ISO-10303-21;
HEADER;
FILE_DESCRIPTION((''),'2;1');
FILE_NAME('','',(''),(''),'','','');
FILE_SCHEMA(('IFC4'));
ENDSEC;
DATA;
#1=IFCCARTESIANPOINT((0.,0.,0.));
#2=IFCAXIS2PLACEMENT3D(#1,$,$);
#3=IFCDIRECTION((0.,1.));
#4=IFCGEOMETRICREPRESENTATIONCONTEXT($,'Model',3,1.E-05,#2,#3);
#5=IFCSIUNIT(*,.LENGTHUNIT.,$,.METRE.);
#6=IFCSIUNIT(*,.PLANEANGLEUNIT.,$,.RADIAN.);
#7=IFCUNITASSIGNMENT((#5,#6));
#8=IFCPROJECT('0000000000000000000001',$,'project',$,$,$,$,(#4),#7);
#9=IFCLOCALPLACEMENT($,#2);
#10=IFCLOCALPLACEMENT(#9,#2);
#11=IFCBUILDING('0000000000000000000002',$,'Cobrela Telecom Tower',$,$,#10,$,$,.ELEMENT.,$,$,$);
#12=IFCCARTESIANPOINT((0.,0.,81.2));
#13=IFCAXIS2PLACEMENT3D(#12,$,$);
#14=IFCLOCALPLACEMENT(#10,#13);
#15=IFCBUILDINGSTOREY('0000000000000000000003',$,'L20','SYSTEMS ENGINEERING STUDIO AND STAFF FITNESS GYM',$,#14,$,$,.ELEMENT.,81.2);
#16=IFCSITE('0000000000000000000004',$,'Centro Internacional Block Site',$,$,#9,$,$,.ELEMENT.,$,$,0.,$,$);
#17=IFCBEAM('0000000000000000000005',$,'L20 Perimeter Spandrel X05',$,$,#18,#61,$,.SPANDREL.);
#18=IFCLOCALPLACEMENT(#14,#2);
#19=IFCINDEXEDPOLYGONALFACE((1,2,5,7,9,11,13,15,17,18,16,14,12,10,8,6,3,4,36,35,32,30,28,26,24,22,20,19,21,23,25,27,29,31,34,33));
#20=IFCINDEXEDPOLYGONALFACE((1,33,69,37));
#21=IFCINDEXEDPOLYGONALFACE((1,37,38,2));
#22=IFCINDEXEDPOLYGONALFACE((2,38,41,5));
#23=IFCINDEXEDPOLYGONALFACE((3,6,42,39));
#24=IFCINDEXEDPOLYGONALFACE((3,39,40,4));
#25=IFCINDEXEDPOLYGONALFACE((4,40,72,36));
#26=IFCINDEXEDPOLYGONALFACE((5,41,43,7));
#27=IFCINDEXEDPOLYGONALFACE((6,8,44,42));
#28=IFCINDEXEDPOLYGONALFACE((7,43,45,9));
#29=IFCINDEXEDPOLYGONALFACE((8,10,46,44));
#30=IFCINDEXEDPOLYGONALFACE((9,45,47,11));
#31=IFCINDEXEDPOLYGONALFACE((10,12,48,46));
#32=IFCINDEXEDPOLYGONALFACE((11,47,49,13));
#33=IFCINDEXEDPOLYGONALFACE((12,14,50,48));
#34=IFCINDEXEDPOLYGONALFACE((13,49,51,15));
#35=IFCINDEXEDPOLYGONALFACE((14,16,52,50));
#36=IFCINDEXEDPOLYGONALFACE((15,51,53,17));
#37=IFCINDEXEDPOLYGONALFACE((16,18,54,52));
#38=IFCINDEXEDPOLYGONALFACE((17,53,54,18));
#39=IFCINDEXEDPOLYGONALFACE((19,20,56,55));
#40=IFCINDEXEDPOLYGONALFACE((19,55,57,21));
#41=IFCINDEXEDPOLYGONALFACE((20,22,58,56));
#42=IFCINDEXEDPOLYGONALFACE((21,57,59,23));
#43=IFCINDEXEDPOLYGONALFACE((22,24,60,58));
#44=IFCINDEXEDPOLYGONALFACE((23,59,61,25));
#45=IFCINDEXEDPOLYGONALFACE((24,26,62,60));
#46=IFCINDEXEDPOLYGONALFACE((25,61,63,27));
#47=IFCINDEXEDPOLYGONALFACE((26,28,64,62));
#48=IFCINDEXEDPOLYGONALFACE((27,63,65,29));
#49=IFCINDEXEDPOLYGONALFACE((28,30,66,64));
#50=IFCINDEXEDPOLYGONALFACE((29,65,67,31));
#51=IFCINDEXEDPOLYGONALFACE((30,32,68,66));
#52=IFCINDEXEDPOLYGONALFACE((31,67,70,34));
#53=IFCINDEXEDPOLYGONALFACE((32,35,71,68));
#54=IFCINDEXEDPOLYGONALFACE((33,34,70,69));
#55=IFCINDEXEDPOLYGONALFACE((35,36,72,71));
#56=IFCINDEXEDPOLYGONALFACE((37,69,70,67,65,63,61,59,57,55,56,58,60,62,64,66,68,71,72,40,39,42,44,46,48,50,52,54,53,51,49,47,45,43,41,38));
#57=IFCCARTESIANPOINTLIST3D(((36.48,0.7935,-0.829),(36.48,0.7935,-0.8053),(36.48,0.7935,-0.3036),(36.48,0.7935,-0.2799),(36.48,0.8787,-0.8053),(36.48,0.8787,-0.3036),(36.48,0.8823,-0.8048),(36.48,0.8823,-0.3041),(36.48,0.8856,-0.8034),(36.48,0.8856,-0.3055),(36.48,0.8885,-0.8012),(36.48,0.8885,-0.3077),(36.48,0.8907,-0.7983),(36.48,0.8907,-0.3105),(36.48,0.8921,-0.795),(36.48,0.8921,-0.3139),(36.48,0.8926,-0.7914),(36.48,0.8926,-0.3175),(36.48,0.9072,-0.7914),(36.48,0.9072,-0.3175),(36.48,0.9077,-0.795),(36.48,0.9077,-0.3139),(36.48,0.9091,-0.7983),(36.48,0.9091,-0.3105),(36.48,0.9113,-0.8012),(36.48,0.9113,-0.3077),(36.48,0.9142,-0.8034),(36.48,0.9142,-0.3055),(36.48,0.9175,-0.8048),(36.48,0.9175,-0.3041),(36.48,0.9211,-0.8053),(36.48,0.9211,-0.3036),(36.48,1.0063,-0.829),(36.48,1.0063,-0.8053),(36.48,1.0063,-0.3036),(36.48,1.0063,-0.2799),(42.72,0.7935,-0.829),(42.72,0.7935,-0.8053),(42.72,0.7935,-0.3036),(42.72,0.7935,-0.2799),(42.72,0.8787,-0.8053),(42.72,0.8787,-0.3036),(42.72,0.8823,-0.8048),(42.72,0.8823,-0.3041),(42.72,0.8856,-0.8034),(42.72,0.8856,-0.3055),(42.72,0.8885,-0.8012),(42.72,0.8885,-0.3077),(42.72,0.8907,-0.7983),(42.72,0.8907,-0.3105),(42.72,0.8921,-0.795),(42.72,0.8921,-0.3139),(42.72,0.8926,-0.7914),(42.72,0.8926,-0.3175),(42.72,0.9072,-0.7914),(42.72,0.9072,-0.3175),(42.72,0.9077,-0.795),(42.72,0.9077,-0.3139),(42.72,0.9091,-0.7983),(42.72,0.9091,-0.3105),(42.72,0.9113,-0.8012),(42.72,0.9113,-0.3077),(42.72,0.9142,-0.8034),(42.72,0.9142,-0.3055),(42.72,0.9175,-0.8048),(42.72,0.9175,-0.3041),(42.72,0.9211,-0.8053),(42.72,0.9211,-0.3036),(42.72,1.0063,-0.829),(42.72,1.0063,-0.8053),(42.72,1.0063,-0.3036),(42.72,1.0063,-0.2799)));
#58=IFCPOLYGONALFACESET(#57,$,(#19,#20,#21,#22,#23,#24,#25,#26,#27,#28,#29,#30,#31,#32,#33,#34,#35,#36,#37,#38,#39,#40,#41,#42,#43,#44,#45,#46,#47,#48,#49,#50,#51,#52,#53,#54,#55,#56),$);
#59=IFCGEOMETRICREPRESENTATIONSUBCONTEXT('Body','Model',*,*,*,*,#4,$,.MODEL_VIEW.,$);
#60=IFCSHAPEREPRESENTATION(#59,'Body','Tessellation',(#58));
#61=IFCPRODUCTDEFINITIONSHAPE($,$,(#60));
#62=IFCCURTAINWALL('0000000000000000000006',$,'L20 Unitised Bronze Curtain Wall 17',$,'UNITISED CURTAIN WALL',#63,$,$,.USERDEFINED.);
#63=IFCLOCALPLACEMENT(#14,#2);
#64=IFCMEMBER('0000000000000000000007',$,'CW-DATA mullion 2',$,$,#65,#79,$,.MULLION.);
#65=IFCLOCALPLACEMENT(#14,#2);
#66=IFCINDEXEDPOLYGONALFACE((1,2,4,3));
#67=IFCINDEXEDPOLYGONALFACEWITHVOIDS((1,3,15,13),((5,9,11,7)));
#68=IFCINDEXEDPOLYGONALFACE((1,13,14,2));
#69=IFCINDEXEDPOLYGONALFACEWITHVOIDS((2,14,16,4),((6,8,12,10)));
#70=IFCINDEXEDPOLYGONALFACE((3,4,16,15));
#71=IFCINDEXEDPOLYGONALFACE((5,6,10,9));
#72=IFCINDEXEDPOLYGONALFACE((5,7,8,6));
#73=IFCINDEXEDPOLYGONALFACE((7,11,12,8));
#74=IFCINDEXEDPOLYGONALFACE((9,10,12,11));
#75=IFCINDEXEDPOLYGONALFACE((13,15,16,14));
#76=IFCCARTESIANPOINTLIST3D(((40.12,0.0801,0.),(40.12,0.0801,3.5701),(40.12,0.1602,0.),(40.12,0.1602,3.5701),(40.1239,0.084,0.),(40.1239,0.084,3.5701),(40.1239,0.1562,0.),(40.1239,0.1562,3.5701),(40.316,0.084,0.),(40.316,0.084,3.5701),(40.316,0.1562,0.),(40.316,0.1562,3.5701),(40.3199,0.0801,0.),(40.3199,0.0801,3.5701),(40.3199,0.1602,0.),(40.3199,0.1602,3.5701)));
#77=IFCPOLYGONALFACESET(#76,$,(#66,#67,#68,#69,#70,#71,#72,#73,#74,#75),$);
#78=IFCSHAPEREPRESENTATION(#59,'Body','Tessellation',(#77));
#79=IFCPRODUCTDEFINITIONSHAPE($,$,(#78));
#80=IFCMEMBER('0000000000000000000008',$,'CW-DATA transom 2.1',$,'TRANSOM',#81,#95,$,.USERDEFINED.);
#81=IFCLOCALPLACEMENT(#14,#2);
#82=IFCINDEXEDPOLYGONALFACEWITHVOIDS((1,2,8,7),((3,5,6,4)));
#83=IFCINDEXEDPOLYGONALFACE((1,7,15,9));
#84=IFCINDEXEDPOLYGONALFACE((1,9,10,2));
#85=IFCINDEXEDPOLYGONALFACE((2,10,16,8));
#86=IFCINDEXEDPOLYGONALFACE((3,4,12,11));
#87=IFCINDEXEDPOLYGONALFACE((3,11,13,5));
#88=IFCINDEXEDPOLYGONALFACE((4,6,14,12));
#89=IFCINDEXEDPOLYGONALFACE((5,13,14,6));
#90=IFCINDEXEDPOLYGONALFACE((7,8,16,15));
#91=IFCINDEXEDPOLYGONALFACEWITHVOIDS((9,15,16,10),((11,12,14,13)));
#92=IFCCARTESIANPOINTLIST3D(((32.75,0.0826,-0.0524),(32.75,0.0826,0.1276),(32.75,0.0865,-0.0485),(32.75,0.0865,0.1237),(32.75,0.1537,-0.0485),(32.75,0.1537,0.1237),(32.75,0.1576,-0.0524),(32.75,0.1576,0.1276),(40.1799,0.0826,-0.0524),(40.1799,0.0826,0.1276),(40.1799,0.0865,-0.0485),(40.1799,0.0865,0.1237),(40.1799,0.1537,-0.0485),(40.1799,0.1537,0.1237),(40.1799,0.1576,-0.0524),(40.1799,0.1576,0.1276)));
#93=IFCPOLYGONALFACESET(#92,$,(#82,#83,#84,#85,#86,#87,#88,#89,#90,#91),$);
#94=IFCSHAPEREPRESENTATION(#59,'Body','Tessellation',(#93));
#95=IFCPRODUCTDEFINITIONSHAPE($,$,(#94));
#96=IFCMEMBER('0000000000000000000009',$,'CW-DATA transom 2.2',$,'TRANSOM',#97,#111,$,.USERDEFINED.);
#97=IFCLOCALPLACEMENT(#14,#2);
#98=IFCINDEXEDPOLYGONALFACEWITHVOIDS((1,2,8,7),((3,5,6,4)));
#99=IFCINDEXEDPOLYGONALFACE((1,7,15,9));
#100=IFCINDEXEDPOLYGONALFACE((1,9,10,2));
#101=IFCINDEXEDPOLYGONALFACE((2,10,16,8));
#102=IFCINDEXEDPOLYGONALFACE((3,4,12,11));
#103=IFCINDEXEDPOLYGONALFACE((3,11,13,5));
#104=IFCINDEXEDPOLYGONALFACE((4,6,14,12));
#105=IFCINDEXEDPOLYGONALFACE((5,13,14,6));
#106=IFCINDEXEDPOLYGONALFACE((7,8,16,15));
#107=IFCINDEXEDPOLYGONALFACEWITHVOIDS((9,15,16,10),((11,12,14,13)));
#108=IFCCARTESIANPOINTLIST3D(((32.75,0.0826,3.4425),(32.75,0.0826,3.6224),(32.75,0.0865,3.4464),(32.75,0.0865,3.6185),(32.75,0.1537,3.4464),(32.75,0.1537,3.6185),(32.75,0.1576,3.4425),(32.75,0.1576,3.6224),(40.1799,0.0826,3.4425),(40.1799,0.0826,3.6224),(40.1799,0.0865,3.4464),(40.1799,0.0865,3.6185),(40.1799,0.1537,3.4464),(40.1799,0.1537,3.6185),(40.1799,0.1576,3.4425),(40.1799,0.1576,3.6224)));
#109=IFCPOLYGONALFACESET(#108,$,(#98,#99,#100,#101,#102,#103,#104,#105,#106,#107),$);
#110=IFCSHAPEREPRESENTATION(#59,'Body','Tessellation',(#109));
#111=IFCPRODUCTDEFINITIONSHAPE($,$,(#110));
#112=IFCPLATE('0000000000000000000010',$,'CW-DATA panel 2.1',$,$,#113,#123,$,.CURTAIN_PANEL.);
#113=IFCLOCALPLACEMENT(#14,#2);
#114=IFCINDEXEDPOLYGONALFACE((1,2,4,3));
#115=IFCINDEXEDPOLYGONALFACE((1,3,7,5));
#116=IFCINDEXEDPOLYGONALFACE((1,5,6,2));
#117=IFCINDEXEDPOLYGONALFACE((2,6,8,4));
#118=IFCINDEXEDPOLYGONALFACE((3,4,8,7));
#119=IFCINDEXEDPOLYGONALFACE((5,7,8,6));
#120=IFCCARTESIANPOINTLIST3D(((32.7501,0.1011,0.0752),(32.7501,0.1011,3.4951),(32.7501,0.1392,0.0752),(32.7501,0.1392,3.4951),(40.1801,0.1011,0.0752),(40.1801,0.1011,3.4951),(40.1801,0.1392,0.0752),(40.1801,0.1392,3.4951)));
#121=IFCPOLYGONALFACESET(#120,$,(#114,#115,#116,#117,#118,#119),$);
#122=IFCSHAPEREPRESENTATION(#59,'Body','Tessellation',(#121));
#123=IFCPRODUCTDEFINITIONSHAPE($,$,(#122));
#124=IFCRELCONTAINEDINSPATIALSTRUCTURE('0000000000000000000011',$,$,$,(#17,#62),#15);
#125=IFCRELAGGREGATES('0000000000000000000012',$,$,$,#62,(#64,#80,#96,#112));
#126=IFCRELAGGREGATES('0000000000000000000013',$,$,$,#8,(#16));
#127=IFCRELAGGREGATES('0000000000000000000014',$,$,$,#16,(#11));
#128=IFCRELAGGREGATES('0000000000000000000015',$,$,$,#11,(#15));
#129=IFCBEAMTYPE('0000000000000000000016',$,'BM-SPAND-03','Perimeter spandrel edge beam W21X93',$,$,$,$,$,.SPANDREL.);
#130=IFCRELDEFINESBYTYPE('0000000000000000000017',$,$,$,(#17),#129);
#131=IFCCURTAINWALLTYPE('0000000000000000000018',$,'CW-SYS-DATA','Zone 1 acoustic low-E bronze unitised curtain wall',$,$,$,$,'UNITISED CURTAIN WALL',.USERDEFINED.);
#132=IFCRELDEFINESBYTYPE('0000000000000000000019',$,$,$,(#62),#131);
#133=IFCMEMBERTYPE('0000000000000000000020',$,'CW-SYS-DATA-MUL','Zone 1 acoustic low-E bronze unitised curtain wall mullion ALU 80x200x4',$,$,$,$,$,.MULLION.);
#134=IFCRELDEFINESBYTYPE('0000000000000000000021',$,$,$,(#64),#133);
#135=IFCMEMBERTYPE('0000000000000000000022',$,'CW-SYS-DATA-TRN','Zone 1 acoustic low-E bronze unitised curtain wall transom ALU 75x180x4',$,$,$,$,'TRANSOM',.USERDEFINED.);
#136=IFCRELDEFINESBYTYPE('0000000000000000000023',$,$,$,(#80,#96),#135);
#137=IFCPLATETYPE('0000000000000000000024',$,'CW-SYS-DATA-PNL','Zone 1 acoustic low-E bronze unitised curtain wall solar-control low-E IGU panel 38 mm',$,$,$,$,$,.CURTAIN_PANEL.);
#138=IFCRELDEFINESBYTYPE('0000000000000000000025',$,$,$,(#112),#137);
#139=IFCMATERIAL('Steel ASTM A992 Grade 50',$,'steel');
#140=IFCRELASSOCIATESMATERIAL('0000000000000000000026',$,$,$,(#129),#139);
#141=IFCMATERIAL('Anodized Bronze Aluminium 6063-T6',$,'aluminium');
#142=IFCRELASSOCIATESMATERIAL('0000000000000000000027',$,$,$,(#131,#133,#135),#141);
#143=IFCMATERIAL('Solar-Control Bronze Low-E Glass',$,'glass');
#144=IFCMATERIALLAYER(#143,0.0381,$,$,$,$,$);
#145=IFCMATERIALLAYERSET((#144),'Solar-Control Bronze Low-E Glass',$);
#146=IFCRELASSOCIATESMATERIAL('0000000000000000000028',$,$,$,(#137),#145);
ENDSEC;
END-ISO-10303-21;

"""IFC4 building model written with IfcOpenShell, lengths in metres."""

from ifc_helpers import new_model, si_unit, direction, frame, origin, origin_2d, place, context, subcontext, project, spatial, rectangle, hollow_rectangle, i_section, extrude, material, layer, layer_set, material_profile, profile_set, type_object, element, aggregate, save


model = new_model("IFC4")

# Units and contexts
model_context = context("Model", 3, precision=1e-05, world=origin(), true_north=direction((0.0, 1.0)))
body_context = subcontext(model_context, "Body", "Model", "MODEL_VIEW")
ifc_project = project(units=[si_unit("LENGTHUNIT", "METRE"), si_unit("PLANEANGLEUNIT", "RADIAN")], contexts=[model_context])

# Site, building, storey
site_placement = place(None, origin())
site = spatial("IfcSite", under=ifc_project, at=site_placement, Name="Centro Internacional Block Site", CompositionType="ELEMENT", RefElevation=0.0)
building_placement = place(site_placement, origin())
building = spatial("IfcBuilding", under=site, at=building_placement, Name="Cobrela Telecom Tower", CompositionType="ELEMENT")
storey_placement = place(building_placement, frame((0.0, 0.0, 81.2)))
storey = spatial("IfcBuildingStorey", under=building, at=storey_placement, Name="L20", Description="SYSTEMS ENGINEERING STUDIO AND STAFF FITNESS GYM", CompositionType="ELEMENT", Elevation=81.2)

# Shared definitions
ifc_material_1 = material(Name="Steel ASTM A992 Grade 50", Category="steel")

# Beam
ifc_material_profile_1 = material_profile(ifc_material_1, i_section(OverallWidth=0.2129, OverallDepth=0.5491, WebThickness=0.0146, FlangeThickness=0.0237, FilletRadius=0.0139, at=origin_2d()), Name="W21X93")
ifc_profile_set_1 = profile_set([ifc_material_profile_1], Name="Steel ASTM A992 Grade 50")
beam_type_1 = type_object("IfcBeamType", Name="BM-SPAND-03", Description="Perimeter spandrel edge beam W21X93", PredefinedType="SPANDREL", material=ifc_profile_set_1)
beam_1_placement = place(storey_placement, frame((36.48, 0.8999, -0.5544), z_axis=(1.0, 0.0, 0.0), x_axis=(0.0, 1.0, 0.0)))
element("IfcBeam", 1, at=beam_1_placement, inside=storey, type_object=beam_type_1, Name="L20 Perimeter Spandrel X05", PredefinedType="SPANDREL", context=body_context, shape_type="SweptSolid", body=[
    extrude(i_section(OverallWidth=0.2129, OverallDepth=0.5491, WebThickness=0.0146, FlangeThickness=0.0237, FilletRadius=0.0139, at=origin_2d()), origin(), (0.0, 0.0, 1.0), 6.24),
])

# Curtain wall, members, plate
ifc_material_2 = material(Name="Anodized Bronze Aluminium 6063-T6", Category="aluminium")
curtain_wall_type = type_object("IfcCurtainWallType", Name="CW-SYS-DATA", Description="Zone 1 acoustic low-E bronze unitised curtain wall", ElementType="UNITISED CURTAIN WALL", PredefinedType="USERDEFINED", material=ifc_material_2)
curtain_wall_placement = place(storey_placement, origin())
curtain_wall = element("IfcCurtainWall", 2, at=curtain_wall_placement, inside=storey, type_object=curtain_wall_type, Name="L20 Unitised Bronze Curtain Wall 17", ObjectType="UNITISED CURTAIN WALL", PredefinedType="USERDEFINED")
ifc_material_profile_2 = material_profile(ifc_material_2, hollow_rectangle(XDim=0.0801, YDim=0.2, WallThickness=0.0039, at=origin_2d()), Name="ALU 80x200x4")
ifc_profile_set_2 = profile_set([ifc_material_profile_2], Name="Anodized Bronze Aluminium 6063-T6")
member_type_1 = type_object("IfcMemberType", Name="CW-SYS-DATA-MUL", Description="Zone 1 acoustic low-E bronze unitised curtain wall mullion ALU 80x200x4", PredefinedType="MULLION", material=ifc_profile_set_2)
member_1_placement = place(storey_placement, frame((40.22, 0.1201, 0.0), z_axis=(0.0, 0.0, 1.0), x_axis=(0.0, -1.0, 0.0)))
member_1 = element("IfcMember", 3, at=member_1_placement, type_object=member_type_1, Name="CW-DATA mullion 2", PredefinedType="MULLION", context=body_context, shape_type="SweptSolid", body=[
    extrude(hollow_rectangle(XDim=0.0801, YDim=0.2, WallThickness=0.0039, at=origin_2d()), origin(), (0.0, 0.0, 1.0), 3.5701),
])
ifc_material_profile_3 = material_profile(ifc_material_2, hollow_rectangle(XDim=0.075, YDim=0.1799, WallThickness=0.0039, at=origin_2d()), Name="ALU 75x180x4")
ifc_profile_set_3 = profile_set([ifc_material_profile_3], Name="Anodized Bronze Aluminium 6063-T6")
member_type_2 = type_object("IfcMemberType", Name="CW-SYS-DATA-TRN", Description="Zone 1 acoustic low-E bronze unitised curtain wall transom ALU 75x180x4", ElementType="TRANSOM", PredefinedType="USERDEFINED", material=ifc_profile_set_3)
member_2_placement = place(storey_placement, frame((40.1799, 0.1201, 0.0376), z_axis=(-1.0, 0.0, 0.0), x_axis=(0.0, -1.0, 0.0)))
member_2 = element("IfcMember", 4, at=member_2_placement, type_object=member_type_2, Name="CW-DATA transom 2.1", ObjectType="TRANSOM", PredefinedType="USERDEFINED", context=body_context, shape_type="SweptSolid", body=[
    extrude(hollow_rectangle(XDim=0.075, YDim=0.1799, WallThickness=0.0039, at=origin_2d()), origin(), (0.0, 0.0, 1.0), 7.4299),
])
member_3_placement = place(storey_placement, frame((40.1799, 0.1201, 3.5325), z_axis=(-1.0, 0.0, 0.0), x_axis=(0.0, -1.0, 0.0)))
member_3 = element("IfcMember", 5, at=member_3_placement, type_object=member_type_2, Name="CW-DATA transom 2.2", ObjectType="TRANSOM", PredefinedType="USERDEFINED", context=body_context, shape_type="SweptSolid", body=[
    extrude(hollow_rectangle(XDim=0.075, YDim=0.1799, WallThickness=0.0039, at=origin_2d()), origin(), (0.0, 0.0, 1.0), 7.4299),
])
ifc_material_3 = material(Name="Solar-Control Bronze Low-E Glass", Category="glass")
ifc_layer = layer(ifc_material_3, 0.0381)
ifc_layer_set = layer_set([ifc_layer], Name="Solar-Control Bronze Low-E Glass")
plate_type = type_object("IfcPlateType", Name="CW-SYS-DATA-PNL", Description="Zone 1 acoustic low-E bronze unitised curtain wall solar-control low-E IGU panel 38 mm", PredefinedType="CURTAIN_PANEL", material=ifc_layer_set)
plate_placement = place(storey_placement, frame((36.4651, 0.1201, 0.0752), z_axis=(0.0, 0.0, 1.0), x_axis=(-1.0, 0.0, 0.0)))
plate = element("IfcPlate", 6, at=plate_placement, type_object=plate_type, Name="CW-DATA panel 2.1", PredefinedType="CURTAIN_PANEL", context=body_context, shape_type="SweptSolid", body=[
    extrude(rectangle(XDim=7.4299, YDim=0.0381, at=origin_2d()), origin(), (0.0, 0.0, 1.0), 3.4199),
])
aggregate(curtain_wall, [member_1, member_2, member_3, plate])

save(model, "model.ifc")
